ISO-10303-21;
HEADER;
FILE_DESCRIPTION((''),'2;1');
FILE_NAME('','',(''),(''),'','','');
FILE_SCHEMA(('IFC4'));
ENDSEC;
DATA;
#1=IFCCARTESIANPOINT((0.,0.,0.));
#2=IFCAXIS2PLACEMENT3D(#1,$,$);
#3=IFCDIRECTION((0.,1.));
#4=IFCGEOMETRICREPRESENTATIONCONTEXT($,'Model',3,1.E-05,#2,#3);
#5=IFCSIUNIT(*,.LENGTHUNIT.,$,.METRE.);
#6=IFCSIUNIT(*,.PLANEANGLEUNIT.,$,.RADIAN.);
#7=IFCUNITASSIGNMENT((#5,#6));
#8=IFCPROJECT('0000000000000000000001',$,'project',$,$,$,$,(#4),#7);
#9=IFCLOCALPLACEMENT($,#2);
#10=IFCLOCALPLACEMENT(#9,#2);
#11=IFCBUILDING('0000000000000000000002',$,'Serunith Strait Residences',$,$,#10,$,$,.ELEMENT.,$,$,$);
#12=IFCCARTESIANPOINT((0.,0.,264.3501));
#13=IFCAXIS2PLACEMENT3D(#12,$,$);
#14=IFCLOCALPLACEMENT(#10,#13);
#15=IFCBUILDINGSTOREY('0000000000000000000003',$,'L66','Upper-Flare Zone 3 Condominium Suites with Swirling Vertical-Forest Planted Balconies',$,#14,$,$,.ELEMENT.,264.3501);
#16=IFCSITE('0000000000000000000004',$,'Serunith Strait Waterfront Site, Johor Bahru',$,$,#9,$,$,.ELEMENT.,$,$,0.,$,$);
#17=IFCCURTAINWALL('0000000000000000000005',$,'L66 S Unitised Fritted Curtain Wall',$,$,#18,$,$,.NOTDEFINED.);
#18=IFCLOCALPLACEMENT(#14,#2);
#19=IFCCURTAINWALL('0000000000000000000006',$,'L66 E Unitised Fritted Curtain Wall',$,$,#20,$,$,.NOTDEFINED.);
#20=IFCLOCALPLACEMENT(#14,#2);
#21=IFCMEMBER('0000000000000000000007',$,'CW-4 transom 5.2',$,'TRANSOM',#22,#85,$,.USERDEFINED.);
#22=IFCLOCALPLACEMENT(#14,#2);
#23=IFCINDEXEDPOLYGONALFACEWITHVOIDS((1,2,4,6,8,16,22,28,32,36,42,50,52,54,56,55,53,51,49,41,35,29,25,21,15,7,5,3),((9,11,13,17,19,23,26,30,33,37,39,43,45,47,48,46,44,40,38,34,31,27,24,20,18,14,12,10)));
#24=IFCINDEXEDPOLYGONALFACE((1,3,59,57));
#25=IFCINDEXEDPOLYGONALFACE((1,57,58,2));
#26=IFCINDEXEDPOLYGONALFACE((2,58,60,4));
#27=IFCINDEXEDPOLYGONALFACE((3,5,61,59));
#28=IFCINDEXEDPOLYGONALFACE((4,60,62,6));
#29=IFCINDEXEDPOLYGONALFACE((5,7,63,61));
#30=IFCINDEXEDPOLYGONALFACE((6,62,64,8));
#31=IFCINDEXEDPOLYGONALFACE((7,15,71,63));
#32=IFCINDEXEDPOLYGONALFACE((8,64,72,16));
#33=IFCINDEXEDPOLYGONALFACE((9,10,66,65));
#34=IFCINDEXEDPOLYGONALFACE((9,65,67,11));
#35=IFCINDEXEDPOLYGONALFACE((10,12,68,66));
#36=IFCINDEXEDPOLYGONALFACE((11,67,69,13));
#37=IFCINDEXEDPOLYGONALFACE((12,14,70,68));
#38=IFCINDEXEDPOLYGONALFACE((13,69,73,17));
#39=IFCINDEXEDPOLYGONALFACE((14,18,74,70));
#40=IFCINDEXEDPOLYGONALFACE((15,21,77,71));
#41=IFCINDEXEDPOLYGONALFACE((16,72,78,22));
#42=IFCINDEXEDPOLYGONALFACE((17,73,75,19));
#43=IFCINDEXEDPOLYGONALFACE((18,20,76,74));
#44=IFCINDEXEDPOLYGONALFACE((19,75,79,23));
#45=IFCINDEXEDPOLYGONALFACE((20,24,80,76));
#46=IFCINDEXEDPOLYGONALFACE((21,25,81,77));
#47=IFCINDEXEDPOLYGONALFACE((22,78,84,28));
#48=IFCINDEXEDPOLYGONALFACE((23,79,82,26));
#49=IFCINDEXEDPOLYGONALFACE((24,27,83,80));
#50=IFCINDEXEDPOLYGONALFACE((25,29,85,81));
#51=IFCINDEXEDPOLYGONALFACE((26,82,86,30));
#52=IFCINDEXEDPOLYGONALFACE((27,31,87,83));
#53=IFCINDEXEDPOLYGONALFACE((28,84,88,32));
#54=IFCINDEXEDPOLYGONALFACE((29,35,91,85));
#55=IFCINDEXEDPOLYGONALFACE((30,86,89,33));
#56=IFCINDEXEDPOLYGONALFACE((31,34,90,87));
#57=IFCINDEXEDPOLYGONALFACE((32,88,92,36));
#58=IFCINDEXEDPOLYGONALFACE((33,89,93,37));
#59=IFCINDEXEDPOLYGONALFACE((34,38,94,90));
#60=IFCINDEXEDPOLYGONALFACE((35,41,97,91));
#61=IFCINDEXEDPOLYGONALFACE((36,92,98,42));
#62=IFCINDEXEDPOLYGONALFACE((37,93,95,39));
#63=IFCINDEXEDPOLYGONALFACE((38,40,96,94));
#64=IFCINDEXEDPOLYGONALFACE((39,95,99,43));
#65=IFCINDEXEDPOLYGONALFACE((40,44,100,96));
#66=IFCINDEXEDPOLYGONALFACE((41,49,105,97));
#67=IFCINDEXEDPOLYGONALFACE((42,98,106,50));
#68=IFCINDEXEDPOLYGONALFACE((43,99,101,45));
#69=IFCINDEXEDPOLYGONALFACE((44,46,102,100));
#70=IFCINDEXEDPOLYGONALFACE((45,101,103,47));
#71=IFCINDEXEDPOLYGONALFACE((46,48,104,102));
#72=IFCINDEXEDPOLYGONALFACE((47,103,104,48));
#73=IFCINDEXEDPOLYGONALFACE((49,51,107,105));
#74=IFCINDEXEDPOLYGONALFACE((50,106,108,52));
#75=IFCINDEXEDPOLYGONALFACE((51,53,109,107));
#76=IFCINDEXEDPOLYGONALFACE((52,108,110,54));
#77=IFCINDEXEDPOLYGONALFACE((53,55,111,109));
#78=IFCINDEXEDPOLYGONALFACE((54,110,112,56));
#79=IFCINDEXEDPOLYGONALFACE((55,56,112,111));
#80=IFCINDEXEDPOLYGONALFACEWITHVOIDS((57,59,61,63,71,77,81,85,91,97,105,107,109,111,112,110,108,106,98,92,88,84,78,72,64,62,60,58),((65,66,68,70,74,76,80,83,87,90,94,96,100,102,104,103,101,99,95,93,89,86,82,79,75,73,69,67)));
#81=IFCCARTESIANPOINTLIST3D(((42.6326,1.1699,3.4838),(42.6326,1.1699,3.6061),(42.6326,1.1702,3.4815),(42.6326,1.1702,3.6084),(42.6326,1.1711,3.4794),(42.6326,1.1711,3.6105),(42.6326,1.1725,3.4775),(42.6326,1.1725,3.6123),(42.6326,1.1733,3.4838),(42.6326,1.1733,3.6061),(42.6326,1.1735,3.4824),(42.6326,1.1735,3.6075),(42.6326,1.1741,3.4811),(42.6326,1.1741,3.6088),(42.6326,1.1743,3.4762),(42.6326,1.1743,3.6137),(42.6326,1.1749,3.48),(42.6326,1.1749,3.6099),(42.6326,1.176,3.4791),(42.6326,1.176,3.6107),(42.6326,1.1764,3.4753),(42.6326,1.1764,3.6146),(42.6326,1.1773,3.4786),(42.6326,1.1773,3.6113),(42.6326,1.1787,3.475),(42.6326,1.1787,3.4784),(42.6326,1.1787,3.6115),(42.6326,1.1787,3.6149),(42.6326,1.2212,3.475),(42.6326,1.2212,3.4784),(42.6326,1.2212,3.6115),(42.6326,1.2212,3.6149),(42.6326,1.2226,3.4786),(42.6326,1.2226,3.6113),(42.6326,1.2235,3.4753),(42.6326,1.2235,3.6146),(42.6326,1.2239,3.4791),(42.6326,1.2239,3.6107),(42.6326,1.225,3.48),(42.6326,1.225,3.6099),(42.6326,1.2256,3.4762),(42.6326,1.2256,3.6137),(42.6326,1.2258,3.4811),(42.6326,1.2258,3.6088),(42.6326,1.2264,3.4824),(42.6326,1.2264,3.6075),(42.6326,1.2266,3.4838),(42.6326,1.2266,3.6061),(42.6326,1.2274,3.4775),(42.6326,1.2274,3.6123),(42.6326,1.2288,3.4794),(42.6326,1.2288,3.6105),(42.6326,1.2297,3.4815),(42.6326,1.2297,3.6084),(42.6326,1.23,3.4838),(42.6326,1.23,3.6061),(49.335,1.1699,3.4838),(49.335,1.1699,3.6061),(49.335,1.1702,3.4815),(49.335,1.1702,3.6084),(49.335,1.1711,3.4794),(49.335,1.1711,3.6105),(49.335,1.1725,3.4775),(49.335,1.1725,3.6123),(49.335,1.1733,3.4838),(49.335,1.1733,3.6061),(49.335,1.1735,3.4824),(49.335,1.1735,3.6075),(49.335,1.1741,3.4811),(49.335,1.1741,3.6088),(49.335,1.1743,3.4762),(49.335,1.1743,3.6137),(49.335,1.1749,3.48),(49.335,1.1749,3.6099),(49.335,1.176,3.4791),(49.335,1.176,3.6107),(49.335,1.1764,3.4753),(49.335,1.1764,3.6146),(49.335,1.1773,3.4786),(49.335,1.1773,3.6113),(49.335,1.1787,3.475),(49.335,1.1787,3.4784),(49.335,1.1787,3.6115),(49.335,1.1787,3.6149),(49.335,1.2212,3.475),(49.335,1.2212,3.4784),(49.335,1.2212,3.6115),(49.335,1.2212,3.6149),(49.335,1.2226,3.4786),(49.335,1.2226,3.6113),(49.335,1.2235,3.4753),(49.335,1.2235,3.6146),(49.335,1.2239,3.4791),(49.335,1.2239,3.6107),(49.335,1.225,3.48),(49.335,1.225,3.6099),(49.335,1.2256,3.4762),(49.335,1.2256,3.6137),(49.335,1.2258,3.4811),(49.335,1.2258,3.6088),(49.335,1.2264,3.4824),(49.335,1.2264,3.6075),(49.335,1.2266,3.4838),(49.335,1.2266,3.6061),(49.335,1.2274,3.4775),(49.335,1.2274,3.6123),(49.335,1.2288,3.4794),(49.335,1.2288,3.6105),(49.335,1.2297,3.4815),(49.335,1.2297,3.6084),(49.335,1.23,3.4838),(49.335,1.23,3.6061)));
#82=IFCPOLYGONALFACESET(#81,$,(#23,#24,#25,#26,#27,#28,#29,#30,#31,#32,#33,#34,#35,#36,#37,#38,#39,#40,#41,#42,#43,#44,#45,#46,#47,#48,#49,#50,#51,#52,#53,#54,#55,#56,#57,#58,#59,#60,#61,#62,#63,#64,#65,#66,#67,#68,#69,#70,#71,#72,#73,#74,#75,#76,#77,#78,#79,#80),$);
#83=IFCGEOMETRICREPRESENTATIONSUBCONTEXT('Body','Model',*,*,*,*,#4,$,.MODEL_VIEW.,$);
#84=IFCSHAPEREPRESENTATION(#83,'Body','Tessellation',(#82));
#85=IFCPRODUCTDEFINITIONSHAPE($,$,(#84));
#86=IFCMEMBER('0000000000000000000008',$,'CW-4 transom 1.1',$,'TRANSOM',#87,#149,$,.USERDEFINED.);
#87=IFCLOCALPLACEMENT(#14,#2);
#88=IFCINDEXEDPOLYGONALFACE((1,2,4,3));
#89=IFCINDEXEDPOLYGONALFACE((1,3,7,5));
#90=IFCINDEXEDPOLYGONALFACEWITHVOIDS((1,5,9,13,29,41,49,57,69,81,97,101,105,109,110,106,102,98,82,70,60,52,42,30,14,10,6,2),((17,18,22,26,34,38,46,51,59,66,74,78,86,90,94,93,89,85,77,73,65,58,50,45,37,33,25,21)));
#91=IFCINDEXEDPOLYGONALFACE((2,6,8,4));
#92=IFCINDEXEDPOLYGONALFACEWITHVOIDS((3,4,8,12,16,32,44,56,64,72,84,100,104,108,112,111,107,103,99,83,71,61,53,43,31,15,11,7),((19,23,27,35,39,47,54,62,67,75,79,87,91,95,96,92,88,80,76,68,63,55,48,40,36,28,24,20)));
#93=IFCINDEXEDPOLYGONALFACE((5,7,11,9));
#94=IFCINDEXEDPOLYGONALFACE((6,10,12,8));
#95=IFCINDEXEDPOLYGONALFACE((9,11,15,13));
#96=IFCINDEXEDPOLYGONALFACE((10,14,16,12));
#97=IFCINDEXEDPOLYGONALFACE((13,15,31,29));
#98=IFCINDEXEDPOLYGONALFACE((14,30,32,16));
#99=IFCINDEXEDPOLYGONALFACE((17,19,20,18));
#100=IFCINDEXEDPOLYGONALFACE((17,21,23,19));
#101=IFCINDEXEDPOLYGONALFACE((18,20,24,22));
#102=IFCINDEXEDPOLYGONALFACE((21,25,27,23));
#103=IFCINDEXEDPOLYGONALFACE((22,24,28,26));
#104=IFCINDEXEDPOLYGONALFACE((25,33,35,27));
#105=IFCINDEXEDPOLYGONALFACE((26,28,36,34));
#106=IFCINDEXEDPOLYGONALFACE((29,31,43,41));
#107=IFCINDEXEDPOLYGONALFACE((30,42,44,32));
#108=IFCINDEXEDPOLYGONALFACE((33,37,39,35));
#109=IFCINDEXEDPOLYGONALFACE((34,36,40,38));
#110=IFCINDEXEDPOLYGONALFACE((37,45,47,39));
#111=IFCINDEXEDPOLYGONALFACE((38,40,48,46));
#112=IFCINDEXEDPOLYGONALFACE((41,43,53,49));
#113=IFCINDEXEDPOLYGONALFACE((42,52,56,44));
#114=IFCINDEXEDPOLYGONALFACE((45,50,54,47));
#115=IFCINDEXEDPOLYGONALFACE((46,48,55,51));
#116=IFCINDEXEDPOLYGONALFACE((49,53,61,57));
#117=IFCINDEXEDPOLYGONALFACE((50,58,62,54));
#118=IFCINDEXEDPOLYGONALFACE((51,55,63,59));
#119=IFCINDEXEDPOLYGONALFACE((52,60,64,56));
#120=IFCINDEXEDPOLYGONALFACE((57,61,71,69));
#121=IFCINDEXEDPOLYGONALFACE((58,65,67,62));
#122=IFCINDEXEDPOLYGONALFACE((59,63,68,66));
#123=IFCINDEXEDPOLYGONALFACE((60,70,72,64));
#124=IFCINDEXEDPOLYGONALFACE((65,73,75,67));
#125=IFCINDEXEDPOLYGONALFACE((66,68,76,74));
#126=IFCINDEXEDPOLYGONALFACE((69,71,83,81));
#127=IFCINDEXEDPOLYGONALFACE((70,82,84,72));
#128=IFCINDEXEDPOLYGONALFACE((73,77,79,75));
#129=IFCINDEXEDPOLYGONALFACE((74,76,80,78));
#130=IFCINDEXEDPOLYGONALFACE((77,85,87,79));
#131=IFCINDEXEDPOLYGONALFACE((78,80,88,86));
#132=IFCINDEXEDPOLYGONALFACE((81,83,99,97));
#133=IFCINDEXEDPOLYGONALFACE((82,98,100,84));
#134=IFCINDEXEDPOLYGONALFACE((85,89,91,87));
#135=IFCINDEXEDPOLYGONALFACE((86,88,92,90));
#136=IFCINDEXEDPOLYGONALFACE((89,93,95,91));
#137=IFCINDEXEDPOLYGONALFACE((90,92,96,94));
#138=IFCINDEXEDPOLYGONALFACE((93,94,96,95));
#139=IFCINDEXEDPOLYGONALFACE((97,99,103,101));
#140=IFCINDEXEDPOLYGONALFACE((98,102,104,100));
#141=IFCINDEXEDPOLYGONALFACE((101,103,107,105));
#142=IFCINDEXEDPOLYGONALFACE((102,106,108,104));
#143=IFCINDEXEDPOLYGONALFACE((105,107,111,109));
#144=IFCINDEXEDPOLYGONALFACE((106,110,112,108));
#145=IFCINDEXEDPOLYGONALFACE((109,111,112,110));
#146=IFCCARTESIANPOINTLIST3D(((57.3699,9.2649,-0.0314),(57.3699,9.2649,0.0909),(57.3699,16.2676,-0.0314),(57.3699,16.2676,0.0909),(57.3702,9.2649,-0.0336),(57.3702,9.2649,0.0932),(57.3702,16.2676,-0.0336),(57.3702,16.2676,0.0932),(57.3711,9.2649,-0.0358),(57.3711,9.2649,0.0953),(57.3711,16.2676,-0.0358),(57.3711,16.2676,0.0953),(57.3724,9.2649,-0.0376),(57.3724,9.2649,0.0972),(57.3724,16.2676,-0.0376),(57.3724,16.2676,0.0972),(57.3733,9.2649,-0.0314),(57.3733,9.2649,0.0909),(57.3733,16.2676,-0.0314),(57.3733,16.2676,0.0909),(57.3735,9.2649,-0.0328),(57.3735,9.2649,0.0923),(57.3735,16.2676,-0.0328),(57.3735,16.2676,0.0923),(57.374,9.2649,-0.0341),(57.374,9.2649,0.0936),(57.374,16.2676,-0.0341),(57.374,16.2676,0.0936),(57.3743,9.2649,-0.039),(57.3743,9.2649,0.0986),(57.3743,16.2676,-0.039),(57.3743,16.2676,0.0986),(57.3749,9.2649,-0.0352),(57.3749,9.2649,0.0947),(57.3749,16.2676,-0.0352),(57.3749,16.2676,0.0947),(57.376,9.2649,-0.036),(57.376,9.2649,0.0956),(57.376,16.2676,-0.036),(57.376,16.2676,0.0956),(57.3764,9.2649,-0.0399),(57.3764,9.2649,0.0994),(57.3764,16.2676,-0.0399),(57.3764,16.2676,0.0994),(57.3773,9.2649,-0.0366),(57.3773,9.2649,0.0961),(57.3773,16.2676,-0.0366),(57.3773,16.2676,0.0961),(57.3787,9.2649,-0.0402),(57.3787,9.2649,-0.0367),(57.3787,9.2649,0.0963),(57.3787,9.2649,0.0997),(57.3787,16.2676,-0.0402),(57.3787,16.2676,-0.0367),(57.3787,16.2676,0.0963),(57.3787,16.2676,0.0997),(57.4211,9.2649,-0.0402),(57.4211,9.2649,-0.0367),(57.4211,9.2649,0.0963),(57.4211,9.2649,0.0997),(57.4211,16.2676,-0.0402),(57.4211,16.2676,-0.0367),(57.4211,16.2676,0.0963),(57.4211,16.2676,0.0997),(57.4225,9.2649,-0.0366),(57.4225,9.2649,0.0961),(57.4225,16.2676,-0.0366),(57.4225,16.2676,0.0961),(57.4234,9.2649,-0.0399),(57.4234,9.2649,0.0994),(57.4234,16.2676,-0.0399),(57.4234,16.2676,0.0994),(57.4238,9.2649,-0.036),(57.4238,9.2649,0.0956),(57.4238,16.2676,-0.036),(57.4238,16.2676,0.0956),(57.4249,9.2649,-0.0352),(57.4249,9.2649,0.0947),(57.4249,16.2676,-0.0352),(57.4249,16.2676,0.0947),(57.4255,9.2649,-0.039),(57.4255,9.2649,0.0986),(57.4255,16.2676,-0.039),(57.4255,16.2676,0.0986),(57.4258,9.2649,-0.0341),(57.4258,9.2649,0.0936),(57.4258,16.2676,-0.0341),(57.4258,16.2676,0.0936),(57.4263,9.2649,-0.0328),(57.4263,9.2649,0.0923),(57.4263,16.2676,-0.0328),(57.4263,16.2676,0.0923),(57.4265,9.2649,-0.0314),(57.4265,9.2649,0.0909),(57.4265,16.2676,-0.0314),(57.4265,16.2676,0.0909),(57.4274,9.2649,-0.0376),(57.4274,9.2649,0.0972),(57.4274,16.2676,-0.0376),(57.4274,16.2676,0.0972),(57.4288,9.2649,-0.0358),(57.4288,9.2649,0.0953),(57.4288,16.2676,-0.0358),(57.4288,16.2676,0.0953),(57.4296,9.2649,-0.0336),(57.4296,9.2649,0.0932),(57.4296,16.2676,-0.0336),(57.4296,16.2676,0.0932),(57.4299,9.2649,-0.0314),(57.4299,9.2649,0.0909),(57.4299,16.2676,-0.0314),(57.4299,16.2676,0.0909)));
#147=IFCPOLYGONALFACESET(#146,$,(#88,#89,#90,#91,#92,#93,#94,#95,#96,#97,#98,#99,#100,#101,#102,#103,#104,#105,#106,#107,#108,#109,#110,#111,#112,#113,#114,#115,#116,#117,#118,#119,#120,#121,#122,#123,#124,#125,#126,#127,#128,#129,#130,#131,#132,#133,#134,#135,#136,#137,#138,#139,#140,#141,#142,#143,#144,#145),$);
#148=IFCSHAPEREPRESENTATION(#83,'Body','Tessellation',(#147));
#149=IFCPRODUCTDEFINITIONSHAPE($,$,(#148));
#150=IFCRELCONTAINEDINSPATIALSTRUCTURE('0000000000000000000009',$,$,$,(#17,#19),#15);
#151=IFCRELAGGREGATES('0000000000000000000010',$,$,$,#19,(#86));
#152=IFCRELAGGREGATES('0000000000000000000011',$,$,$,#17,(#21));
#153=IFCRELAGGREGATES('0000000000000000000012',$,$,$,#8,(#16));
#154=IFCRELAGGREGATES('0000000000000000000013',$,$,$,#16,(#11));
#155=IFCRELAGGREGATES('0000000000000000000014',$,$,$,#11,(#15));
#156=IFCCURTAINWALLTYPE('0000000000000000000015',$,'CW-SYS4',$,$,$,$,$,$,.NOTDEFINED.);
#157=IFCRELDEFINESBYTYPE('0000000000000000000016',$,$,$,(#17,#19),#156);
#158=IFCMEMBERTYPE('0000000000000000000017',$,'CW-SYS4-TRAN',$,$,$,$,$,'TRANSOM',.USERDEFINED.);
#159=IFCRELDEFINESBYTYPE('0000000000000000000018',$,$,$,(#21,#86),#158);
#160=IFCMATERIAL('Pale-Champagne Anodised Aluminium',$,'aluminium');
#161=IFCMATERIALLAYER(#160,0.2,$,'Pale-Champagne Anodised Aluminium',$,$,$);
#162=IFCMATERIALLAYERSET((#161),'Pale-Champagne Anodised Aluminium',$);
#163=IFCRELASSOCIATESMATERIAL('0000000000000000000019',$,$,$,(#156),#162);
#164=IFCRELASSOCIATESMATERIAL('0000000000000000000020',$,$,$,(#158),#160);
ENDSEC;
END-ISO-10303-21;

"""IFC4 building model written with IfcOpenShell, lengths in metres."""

from ifc_helpers import new_model, si_unit, direction, frame, origin, origin_2d, place, context, subcontext, project, spatial, hollow_rectangle, extrude, source, transform, mapped, material, layer, layer_set, material_profile, profile_set, type_object, element, aggregate, save


model = new_model("IFC4")

# Units and contexts
model_context = context("Model", 3, precision=1e-05, world=origin(), true_north=direction((0.0, 1.0)))
body_context = subcontext(model_context, "Body", "Model", "MODEL_VIEW")
ifc_project = project(units=[si_unit("LENGTHUNIT", "METRE"), si_unit("PLANEANGLEUNIT", "RADIAN")], contexts=[model_context])

# Site, building, storey
site_placement = place(None, origin())
site = spatial("IfcSite", under=ifc_project, at=site_placement, Name="Serunith Strait Waterfront Site, Johor Bahru", CompositionType="ELEMENT", RefElevation=0.0)
building_placement = place(site_placement, origin())
building = spatial("IfcBuilding", under=site, at=building_placement, Name="Serunith Strait Residences", CompositionType="ELEMENT")
storey_placement = place(building_placement, frame((0.0, 0.0, 264.3501)))
storey = spatial("IfcBuildingStorey", under=building, at=storey_placement, Name="L66", Description="Upper-Flare Zone 3 Condominium Suites with Swirling Vertical-Forest Planted Balconies", CompositionType="ELEMENT", Elevation=264.3501)

# Curtain wall
ifc_material_1 = material(Name="Pale-Champagne Anodised Aluminium", Category="aluminium")
ifc_layer_1 = layer(ifc_material_1, 0.2, Name="Pale-Champagne Anodised Aluminium")
ifc_layer_set_1 = layer_set([ifc_layer_1], Name="Pale-Champagne Anodised Aluminium")
curtain_wall_type = type_object("IfcCurtainWallType", Name="CW-SYS4", PredefinedType="NOTDEFINED", material=ifc_layer_set_1)
curtain_wall_1_placement = place(storey_placement, origin())
curtain_wall_1 = element("IfcCurtainWall", 1, at=curtain_wall_1_placement, inside=storey, type_object=curtain_wall_type, Name="L66 S Unitised Fritted Curtain Wall", PredefinedType="NOTDEFINED")

# Curtain wall
curtain_wall_2_placement = place(storey_placement, origin())
curtain_wall_2 = element("IfcCurtainWall", 2, at=curtain_wall_2_placement, inside=storey, type_object=curtain_wall_type, Name="L66 E Unitised Fritted Curtain Wall", PredefinedType="NOTDEFINED")

# Members
ifc_material_profile_1 = material_profile(ifc_material_1, hollow_rectangle(XDim=0.0601, YDim=0.1399, WallThickness=0.0034, InnerFilletRadius=0.0054, OuterFilletRadius=0.0088, at=origin_2d()), Name="ALU 140x60x3.5")
ifc_profile_set_1 = profile_set([ifc_material_profile_1], Name="Pale-Champagne Anodised Aluminium")
member_type_1 = type_object("IfcMemberType", Name="CW-SYS4-TRAN", ElementType="TRANSOM", PredefinedType="USERDEFINED", material=ifc_profile_set_1)
shared_shape_1 = source(origin(), body_context, "Body", "SweptSolid", [
    extrude(hollow_rectangle(XDim=0.0601, YDim=0.1399, WallThickness=0.0034, InnerFilletRadius=0.0054, OuterFilletRadius=0.0088, at=origin_2d()), origin(), (0.0, 0.0, 1.0), 6.7024),
])
member_1_placement = place(storey_placement, frame((42.6326, 1.2, 3.5449), z_axis=(1.0, 0.0, 0.0), x_axis=(0.0, 1.0, 0.0)))
member_1 = element("IfcMember", 3, at=member_1_placement, type_object=member_type_1, Name="CW-4 transom 5.2", ObjectType="TRANSOM", PredefinedType="USERDEFINED", context=body_context, shape_type="MappedRepresentation", body=[
    mapped(shared_shape_1, transform((0.0, 0.0, 0.0), scale=1.0)),
])
shared_shape_2 = source(origin(), body_context, "Body", "SweptSolid", [
    extrude(hollow_rectangle(XDim=0.0601, YDim=0.1399, WallThickness=0.0034, InnerFilletRadius=0.0054, OuterFilletRadius=0.0088, at=origin_2d()), origin(), (0.0, 0.0, 1.0), 7.0027),
])
member_2_placement = place(storey_placement, frame((57.3999, 9.2649, 0.0298), z_axis=(0.0, 1.0, 0.0), x_axis=(-1.0, 0.0, 0.0)))
member_2 = element("IfcMember", 4, at=member_2_placement, type_object=member_type_1, Name="CW-4 transom 1.1", ObjectType="TRANSOM", PredefinedType="USERDEFINED", context=body_context, shape_type="MappedRepresentation", body=[
    mapped(shared_shape_2, transform((0.0, 0.0, 0.0), scale=1.0)),
])
aggregate(curtain_wall_2, [member_2])

aggregate(curtain_wall_1, [member_1])

save(model, "model.ifc")
